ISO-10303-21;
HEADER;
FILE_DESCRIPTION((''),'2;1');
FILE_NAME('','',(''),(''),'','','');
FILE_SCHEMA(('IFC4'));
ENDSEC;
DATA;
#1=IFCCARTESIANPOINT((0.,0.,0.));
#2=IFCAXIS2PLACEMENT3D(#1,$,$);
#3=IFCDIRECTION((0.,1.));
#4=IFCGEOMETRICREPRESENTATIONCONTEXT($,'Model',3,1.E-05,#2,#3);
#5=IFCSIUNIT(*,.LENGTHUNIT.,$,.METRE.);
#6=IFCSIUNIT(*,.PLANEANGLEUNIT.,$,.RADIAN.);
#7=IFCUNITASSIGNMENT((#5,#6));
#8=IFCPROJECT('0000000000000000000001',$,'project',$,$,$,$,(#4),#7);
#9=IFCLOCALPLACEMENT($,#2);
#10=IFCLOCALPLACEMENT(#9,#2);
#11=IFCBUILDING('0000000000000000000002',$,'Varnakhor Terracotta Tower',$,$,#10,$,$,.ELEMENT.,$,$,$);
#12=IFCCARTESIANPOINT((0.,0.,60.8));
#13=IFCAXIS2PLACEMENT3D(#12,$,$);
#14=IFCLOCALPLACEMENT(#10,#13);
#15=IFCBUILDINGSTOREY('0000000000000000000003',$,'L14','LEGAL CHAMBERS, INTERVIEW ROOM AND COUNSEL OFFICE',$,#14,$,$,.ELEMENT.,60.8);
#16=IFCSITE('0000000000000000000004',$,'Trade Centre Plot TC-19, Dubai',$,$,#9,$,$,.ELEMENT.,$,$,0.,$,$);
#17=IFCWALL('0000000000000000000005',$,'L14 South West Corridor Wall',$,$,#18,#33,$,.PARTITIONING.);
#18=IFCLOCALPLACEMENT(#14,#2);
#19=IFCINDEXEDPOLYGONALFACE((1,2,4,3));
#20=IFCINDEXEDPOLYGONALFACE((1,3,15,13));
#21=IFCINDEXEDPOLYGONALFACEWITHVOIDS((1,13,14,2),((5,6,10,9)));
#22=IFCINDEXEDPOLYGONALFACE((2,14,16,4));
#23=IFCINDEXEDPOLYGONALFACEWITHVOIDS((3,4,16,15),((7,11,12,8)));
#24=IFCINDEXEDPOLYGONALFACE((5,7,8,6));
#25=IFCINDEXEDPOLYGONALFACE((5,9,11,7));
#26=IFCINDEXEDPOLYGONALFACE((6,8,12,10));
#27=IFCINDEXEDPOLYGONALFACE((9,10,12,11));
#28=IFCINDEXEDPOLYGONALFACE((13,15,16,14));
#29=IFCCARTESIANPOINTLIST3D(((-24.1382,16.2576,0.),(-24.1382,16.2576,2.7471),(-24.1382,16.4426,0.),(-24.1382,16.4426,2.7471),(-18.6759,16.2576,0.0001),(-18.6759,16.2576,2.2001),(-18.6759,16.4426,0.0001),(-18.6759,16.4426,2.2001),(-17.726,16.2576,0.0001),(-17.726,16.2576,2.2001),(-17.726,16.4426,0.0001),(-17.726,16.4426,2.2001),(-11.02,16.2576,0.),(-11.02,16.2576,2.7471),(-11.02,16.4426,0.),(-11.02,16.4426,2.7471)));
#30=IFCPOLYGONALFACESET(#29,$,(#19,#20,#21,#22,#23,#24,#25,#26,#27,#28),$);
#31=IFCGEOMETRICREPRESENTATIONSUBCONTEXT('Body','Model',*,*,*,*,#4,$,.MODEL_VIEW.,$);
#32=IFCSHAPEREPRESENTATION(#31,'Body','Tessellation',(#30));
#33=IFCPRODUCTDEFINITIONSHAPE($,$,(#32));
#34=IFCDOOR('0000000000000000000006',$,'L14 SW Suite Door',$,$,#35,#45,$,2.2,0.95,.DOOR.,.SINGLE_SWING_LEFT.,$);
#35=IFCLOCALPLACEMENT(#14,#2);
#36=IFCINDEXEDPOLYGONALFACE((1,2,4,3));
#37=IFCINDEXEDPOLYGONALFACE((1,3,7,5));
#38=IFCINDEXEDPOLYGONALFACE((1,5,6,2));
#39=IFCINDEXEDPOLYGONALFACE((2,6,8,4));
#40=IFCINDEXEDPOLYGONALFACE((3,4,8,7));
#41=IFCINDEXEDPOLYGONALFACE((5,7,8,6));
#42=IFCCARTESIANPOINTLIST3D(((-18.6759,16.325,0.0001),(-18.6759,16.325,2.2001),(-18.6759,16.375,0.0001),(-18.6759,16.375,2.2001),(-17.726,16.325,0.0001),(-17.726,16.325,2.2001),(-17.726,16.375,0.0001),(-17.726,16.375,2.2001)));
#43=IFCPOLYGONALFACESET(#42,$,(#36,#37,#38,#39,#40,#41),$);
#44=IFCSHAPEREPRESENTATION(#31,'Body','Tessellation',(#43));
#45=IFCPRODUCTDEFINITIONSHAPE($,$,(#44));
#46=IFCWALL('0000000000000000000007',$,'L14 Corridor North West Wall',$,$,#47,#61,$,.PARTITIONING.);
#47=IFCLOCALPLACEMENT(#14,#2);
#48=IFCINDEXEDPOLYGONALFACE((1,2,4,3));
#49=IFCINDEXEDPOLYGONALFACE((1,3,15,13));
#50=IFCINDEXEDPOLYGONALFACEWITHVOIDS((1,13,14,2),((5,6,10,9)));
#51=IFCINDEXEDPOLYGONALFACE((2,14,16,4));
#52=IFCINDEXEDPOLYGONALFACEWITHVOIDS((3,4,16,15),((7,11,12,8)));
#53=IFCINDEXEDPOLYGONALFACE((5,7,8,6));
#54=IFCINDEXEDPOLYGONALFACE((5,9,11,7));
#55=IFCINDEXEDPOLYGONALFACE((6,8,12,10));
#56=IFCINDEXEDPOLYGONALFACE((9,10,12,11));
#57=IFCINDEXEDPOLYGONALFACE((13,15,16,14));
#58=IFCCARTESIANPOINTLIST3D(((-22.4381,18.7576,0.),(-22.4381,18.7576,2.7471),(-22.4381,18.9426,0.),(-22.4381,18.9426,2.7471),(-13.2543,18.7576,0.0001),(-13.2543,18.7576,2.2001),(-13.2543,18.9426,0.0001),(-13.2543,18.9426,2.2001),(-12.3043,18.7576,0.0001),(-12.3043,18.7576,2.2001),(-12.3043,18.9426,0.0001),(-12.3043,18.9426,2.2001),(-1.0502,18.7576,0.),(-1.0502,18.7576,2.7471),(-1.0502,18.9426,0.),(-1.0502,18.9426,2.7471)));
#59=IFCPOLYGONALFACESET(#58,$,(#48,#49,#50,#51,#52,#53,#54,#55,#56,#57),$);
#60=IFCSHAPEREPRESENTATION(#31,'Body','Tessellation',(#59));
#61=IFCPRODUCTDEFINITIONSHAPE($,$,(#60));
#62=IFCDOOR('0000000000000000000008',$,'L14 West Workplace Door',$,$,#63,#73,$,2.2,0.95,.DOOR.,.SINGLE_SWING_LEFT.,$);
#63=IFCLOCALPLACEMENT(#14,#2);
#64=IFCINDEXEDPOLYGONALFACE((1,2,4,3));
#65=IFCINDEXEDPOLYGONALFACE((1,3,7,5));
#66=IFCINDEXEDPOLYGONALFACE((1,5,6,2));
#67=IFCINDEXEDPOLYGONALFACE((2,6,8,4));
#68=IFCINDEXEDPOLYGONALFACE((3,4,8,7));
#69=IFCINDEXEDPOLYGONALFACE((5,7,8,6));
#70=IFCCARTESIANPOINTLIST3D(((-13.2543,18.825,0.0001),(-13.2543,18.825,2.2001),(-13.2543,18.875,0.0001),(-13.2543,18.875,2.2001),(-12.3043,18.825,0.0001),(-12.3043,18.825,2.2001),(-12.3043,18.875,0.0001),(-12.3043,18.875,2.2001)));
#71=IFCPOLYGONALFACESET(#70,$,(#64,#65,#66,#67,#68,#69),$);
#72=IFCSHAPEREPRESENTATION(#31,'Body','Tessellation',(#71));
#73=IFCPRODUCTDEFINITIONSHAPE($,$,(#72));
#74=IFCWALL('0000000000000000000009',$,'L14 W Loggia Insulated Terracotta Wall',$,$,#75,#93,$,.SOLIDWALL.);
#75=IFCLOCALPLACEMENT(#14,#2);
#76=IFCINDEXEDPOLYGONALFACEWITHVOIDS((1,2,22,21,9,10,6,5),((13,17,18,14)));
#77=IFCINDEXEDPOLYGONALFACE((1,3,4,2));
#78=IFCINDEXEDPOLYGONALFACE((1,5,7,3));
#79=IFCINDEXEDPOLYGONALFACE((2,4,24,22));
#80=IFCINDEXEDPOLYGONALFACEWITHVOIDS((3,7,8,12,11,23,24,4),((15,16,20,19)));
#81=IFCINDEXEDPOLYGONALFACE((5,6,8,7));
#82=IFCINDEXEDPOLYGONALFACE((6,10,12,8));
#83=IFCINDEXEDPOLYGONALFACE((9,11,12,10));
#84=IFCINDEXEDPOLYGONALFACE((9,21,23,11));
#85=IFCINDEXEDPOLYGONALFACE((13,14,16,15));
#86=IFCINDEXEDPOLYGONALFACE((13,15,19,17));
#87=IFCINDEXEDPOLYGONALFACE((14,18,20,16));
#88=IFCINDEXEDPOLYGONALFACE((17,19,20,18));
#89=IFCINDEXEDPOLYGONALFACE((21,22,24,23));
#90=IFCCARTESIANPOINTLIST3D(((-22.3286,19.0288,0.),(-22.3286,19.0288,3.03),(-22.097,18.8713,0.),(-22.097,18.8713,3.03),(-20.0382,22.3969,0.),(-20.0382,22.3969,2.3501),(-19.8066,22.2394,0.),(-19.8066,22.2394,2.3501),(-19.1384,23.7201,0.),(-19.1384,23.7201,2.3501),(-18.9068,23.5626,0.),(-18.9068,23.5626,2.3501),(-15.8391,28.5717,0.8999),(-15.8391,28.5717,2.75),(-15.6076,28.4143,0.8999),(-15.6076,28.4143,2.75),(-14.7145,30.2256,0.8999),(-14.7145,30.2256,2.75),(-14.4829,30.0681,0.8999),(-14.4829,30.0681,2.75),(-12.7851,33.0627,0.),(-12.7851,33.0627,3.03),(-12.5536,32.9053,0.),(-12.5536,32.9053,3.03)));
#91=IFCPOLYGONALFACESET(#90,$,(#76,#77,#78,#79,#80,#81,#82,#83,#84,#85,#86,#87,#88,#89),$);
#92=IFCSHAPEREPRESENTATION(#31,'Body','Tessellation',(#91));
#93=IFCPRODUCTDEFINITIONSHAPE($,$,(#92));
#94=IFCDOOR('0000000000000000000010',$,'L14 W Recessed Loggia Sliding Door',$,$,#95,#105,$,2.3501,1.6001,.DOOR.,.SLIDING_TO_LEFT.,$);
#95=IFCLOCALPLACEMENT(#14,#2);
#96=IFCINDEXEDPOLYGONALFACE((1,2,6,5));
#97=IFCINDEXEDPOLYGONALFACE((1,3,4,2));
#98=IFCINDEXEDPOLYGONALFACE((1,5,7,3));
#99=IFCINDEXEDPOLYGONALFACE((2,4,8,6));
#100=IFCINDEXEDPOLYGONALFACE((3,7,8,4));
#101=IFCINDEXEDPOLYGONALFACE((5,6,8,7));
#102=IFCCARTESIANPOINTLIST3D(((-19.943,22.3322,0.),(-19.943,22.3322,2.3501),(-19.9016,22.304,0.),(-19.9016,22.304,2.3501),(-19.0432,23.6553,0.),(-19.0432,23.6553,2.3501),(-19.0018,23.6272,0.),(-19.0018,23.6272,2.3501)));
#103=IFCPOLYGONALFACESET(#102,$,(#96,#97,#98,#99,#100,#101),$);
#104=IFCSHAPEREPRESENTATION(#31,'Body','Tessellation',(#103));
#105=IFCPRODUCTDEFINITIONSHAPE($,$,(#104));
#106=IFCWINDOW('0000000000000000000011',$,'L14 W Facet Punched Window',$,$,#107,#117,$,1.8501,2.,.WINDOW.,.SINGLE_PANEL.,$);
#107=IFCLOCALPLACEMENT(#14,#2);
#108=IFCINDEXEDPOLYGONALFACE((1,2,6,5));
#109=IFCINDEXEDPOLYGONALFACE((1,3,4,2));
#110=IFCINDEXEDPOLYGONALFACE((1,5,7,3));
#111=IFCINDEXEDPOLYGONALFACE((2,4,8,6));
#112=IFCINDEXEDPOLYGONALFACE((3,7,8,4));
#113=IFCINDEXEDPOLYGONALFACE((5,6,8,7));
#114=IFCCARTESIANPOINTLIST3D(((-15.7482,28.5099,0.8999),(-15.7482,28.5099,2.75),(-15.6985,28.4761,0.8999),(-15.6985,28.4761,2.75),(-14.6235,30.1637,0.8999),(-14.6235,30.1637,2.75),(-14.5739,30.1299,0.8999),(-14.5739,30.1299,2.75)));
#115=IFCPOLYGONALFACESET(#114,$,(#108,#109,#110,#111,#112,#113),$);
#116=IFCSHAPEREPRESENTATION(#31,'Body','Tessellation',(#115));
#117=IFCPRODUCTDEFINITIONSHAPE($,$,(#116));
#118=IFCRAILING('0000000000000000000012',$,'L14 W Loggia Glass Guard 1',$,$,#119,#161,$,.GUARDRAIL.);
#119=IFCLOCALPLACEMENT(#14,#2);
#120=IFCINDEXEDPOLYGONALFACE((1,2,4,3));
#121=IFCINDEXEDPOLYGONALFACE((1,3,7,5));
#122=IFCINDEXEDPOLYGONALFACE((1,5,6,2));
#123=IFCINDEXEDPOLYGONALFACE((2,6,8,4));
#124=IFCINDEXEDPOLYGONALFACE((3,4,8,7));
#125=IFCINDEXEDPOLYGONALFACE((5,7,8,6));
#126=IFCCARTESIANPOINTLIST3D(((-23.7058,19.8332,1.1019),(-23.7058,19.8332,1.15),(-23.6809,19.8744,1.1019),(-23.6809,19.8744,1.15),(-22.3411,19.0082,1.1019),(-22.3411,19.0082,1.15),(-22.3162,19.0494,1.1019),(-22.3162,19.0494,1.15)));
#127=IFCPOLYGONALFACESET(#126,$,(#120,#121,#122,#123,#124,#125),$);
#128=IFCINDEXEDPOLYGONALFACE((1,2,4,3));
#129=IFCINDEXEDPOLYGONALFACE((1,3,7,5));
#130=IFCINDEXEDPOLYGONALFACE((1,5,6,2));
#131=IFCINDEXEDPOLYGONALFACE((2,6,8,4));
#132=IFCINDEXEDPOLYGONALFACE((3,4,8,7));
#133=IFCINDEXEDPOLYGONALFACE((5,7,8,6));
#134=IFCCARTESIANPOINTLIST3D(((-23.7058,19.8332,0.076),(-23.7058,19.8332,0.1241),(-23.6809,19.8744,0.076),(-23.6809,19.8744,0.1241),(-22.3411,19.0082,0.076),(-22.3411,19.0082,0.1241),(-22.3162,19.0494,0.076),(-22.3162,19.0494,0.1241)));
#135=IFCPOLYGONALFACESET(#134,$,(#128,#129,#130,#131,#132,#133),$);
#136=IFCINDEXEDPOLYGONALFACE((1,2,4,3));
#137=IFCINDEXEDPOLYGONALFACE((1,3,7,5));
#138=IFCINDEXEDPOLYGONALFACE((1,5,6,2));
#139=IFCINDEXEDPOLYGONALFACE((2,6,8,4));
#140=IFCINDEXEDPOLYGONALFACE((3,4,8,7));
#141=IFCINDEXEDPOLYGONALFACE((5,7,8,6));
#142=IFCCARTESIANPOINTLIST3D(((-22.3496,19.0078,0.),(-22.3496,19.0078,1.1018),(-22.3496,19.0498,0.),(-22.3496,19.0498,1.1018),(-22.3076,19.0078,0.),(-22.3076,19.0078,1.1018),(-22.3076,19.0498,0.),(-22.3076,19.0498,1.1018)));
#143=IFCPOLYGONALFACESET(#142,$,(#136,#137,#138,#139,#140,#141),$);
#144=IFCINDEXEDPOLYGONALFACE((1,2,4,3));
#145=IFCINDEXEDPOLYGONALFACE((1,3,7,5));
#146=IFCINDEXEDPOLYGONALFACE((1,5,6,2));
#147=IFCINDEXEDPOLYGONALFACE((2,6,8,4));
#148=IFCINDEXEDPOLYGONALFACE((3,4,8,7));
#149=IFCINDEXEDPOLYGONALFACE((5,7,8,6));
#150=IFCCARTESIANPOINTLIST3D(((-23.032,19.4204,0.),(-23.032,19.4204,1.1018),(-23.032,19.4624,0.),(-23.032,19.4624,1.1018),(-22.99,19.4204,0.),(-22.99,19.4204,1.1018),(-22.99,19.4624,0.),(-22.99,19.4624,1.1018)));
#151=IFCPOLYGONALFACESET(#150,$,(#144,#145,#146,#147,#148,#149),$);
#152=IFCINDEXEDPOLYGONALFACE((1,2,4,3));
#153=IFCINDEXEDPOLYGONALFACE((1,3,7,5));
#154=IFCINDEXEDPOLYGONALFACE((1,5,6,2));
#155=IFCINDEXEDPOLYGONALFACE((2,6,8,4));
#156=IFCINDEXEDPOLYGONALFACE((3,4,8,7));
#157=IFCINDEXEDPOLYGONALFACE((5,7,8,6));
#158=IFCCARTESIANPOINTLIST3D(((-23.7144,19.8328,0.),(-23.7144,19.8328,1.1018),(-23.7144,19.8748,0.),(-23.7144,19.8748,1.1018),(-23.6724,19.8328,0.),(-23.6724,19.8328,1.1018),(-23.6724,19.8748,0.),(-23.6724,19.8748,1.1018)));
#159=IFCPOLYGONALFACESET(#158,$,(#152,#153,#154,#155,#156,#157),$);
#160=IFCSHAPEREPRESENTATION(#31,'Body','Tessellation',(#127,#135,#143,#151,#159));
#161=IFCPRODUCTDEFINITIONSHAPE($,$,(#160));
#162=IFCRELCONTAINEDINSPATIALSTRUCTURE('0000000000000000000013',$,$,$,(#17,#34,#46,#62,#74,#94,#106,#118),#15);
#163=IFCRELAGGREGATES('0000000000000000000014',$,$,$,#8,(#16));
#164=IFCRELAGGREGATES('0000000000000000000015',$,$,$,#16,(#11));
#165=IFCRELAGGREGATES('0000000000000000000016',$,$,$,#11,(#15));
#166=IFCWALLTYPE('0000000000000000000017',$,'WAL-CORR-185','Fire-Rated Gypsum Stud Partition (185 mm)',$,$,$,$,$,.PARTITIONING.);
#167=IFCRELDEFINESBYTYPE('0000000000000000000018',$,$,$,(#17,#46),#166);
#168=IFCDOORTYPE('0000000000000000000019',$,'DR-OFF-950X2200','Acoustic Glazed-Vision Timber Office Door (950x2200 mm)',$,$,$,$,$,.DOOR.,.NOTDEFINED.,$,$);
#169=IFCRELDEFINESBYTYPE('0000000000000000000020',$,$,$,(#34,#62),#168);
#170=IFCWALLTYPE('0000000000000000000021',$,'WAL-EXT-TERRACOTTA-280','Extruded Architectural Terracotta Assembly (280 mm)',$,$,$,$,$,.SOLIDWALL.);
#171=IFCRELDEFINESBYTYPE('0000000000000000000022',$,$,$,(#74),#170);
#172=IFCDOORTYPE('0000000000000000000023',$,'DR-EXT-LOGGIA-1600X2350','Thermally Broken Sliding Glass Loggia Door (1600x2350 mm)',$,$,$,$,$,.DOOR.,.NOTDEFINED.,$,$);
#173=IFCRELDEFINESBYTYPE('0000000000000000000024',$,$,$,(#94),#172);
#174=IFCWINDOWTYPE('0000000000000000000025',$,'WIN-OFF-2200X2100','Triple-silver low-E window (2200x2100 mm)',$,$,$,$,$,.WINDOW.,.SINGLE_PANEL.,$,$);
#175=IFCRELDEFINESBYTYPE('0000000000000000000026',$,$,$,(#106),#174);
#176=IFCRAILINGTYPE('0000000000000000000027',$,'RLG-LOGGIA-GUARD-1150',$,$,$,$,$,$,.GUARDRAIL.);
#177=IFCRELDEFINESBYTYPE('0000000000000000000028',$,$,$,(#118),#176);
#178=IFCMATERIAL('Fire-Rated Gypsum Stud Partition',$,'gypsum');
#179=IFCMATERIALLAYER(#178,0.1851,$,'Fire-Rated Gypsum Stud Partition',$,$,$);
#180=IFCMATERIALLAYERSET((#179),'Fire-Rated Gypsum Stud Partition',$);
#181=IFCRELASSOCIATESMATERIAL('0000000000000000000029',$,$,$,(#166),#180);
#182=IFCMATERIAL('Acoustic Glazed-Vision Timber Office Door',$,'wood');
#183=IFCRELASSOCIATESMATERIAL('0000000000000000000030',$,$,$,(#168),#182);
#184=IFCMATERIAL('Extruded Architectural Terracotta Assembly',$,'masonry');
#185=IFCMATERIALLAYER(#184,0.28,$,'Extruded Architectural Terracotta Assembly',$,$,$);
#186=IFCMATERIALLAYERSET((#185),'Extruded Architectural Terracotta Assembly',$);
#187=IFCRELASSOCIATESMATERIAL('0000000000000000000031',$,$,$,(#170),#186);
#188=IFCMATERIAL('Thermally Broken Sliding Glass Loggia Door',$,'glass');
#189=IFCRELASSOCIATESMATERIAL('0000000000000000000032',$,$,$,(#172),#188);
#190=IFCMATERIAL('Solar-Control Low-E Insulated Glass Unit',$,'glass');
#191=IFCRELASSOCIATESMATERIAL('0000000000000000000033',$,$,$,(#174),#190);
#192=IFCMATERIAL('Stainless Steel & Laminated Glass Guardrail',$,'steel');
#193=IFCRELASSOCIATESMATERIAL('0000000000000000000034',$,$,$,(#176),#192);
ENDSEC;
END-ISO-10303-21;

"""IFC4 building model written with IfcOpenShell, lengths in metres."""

from ifc_helpers import new_model, si_unit, direction, frame, frame_2d, origin, origin_2d, place, context, subcontext, project, spatial, rectangle, extrude, source, transform, mapped, material, layer, layer_set, type_object, type_shapes, element, fill, save


model = new_model("IFC4")

# Units and contexts
model_context = context("Model", 3, precision=1e-05, world=origin(), true_north=direction((0.0, 1.0)))
body_context = subcontext(model_context, "Body", "Model", "MODEL_VIEW")
ifc_project = project(units=[si_unit("LENGTHUNIT", "METRE"), si_unit("PLANEANGLEUNIT", "RADIAN")], contexts=[model_context])

# Site, building, storey
site_placement = place(None, origin())
site = spatial("IfcSite", under=ifc_project, at=site_placement, Name="Trade Centre Plot TC-19, Dubai", CompositionType="ELEMENT", RefElevation=0.0)
building_placement = place(site_placement, origin())
building = spatial("IfcBuilding", under=site, at=building_placement, Name="Varnakhor Terracotta Tower", CompositionType="ELEMENT")
storey_placement = place(building_placement, frame((0.0, 0.0, 60.8)))
storey = spatial("IfcBuildingStorey", under=building, at=storey_placement, Name="L14", Description="LEGAL CHAMBERS, INTERVIEW ROOM AND COUNSEL OFFICE", CompositionType="ELEMENT", Elevation=60.8)

# Walls, openings, doors
ifc_material_1 = material(Name="Fire-Rated Gypsum Stud Partition", Category="gypsum")
ifc_layer_1 = layer(ifc_material_1, 0.1851, Name="Fire-Rated Gypsum Stud Partition")
ifc_layer_set_1 = layer_set([ifc_layer_1], Name="Fire-Rated Gypsum Stud Partition")
wall_type_1 = type_object("IfcWallType", Name="WAL-CORR-185", Description="Fire-Rated Gypsum Stud Partition (185 mm)", PredefinedType="PARTITIONING", material=ifc_layer_set_1)
wall_1_placement = place(storey_placement, frame((-24.1382, 16.3501, 0.0), z_axis=(0.0, 0.0, 1.0), x_axis=(1.0, 0.0, 0.0)))
wall_1 = element("IfcWall", 1, at=wall_1_placement, inside=storey, type_object=wall_type_1, Name="L14 South West Corridor Wall", PredefinedType="PARTITIONING", context=body_context, shape_type="SweptSolid", body=[
    extrude(rectangle(XDim=13.1182, YDim=0.1851, at=frame_2d((6.5591, 0.0))), origin(), (0.0, 0.0, 1.0), 2.7471),
])
opening_1_placement = place(wall_1_placement, frame((5.4622, 0.0, 0.0)))
opening_1 = element("IfcOpeningElement", 2, at=opening_1_placement, cuts=wall_1, PredefinedType="OPENING", context=body_context, shape_type="SweptSolid", body=[
    extrude(rectangle(XDim=0.95, YDim=2.2, at=frame_2d((0.4751, 1.1001))), frame((0.0, 0.1025, 0.0), z_axis=(0.0, -1.0, 0.0), x_axis=(1.0, 0.0, 0.0)), (0.0, 0.0, 1.0), 0.2051),
])
ifc_material_2 = material(Name="Acoustic Glazed-Vision Timber Office Door", Category="wood")
door_type_1 = type_object("IfcDoorType", Name="DR-OFF-950X2200", Description="Acoustic Glazed-Vision Timber Office Door (950x2200 mm)", OperationType="NOTDEFINED", PredefinedType="DOOR", material=ifc_material_2)
shared_shape_1 = source(origin(), body_context, "Body", "SweptSolid", [
    extrude(rectangle(XDim=0.95, YDim=2.2, at=frame_2d((0.4751, 1.1001))), frame((0.0, 0.0249, 0.0), z_axis=(0.0, -1.0, 0.0), x_axis=(1.0, 0.0, 0.0)), (0.0, 0.0, 1.0), 0.05),
])
type_shapes(door_type_1, [shared_shape_1])
door_1_placement = place(opening_1_placement, origin())
door_1 = element("IfcDoor", 3, at=door_1_placement, inside=storey, type_object=door_type_1, Name="L14 SW Suite Door", OperationType="SINGLE_SWING_LEFT", OverallHeight=2.2, OverallWidth=0.95, PredefinedType="DOOR", context=body_context, shape_type="MappedRepresentation", body=[
    mapped(shared_shape_1, transform((0.0, 0.0, 0.0), scale=1.0)),
])
fill(opening_1, door_1)
wall_2_placement = place(storey_placement, frame((-22.438, 18.8501, 0.0), z_axis=(0.0, 0.0, 1.0), x_axis=(1.0, 0.0, 0.0)))
wall_2 = element("IfcWall", 4, at=wall_2_placement, inside=storey, type_object=wall_type_1, Name="L14 Corridor North West Wall", PredefinedType="PARTITIONING", context=body_context, shape_type="SweptSolid", body=[
    extrude(rectangle(XDim=21.3879, YDim=0.1851, at=frame_2d((10.6938, 0.0))), origin(), (0.0, 0.0, 1.0), 2.7471),
])
opening_2_placement = place(wall_2_placement, frame((9.1836, 0.0, 0.0)))
opening_2 = element("IfcOpeningElement", 5, at=opening_2_placement, cuts=wall_2, PredefinedType="OPENING", context=body_context, shape_type="SweptSolid", body=[
    extrude(rectangle(XDim=0.95, YDim=2.2, at=frame_2d((0.4751, 1.1001))), frame((0.0, 0.1025, 0.0), z_axis=(0.0, -1.0, 0.0), x_axis=(1.0, 0.0, 0.0)), (0.0, 0.0, 1.0), 0.2051),
])
door_2_placement = place(opening_2_placement, origin())
door_2 = element("IfcDoor", 6, at=door_2_placement, inside=storey, type_object=door_type_1, Name="L14 West Workplace Door", OperationType="SINGLE_SWING_LEFT", OverallHeight=2.2, OverallWidth=0.95, PredefinedType="DOOR", context=body_context, shape_type="MappedRepresentation", body=[
    mapped(shared_shape_1, transform((0.0, 0.0, 0.0), scale=1.0)),
])
fill(opening_2, door_2)

# Wall, openings, door, window
ifc_material_3 = material(Name="Extruded Architectural Terracotta Assembly", Category="masonry")
ifc_layer_2 = layer(ifc_material_3, 0.28, Name="Extruded Architectural Terracotta Assembly")
ifc_layer_set_2 = layer_set([ifc_layer_2], Name="Extruded Architectural Terracotta Assembly")
wall_type_2 = type_object("IfcWallType", Name="WAL-EXT-TERRACOTTA-280", Description="Extruded Architectural Terracotta Assembly (280 mm)", PredefinedType="SOLIDWALL", material=ifc_layer_set_2)
wall_3_placement = place(storey_placement, frame((-22.2129, 18.95, 0.0), z_axis=(0.0, 0.0, 1.0), x_axis=(0.562325, 0.826916, 0.0)))
wall_3 = element("IfcWall", 7, at=wall_3_placement, inside=storey, type_object=wall_type_2, Name="L14 W Loggia Insulated Terracotta Wall", PredefinedType="SOLIDWALL", context=body_context, shape_type="SweptSolid", body=[
    extrude(rectangle(XDim=16.9714, YDim=0.28, at=frame_2d((8.4858, 0.0))), origin(), (0.0, 0.0, 1.0), 3.03),
])
opening_3_placement = place(wall_3_placement, frame((4.0732, 0.0, 0.0)))
opening_3 = element("IfcOpeningElement", 8, at=opening_3_placement, cuts=wall_3, PredefinedType="OPENING", context=body_context, shape_type="SweptSolid", body=[
    extrude(rectangle(XDim=1.6001, YDim=2.3501, at=frame_2d((0.8, 1.175))), frame((0.0, 0.1499, 0.0), z_axis=(0.0, -1.0, 0.0), x_axis=(1.0, 0.0, 0.0)), (0.0, 0.0, 1.0), 0.3),
])
opening_4_placement = place(wall_3_placement, frame((11.5405, 0.0, 0.8999)))
opening_4 = element("IfcOpeningElement", 9, at=opening_4_placement, cuts=wall_3, PredefinedType="OPENING", context=body_context, shape_type="SweptSolid", body=[
    extrude(rectangle(XDim=2.0, YDim=1.8501, at=frame_2d((1.0, 0.925))), frame((0.0, 0.1499, 0.0), z_axis=(0.0, -1.0, 0.0), x_axis=(1.0, 0.0, 0.0)), (0.0, 0.0, 1.0), 0.3),
])
ifc_material_4 = material(Name="Thermally Broken Sliding Glass Loggia Door", Category="glass")
door_type_2 = type_object("IfcDoorType", Name="DR-EXT-LOGGIA-1600X2350", Description="Thermally Broken Sliding Glass Loggia Door (1600x2350 mm)", OperationType="NOTDEFINED", PredefinedType="DOOR", material=ifc_material_4)
shared_shape_2 = source(origin(), body_context, "Body", "SweptSolid", [
    extrude(rectangle(XDim=1.6001, YDim=2.3501, at=frame_2d((0.8, 1.175))), frame((0.0, 0.0249, 0.0), z_axis=(0.0, -1.0, 0.0), x_axis=(1.0, 0.0, 0.0)), (0.0, 0.0, 1.0), 0.05),
])
type_shapes(door_type_2, [shared_shape_2])
door_3_placement = place(opening_3_placement, origin())
door_3 = element("IfcDoor", 10, at=door_3_placement, inside=storey, type_object=door_type_2, Name="L14 W Recessed Loggia Sliding Door", OperationType="SLIDING_TO_LEFT", OverallHeight=2.3501, OverallWidth=1.6001, PredefinedType="DOOR", context=body_context, shape_type="MappedRepresentation", body=[
    mapped(shared_shape_2, transform((0.0, 0.0, 0.0), scale=1.0)),
])
fill(opening_3, door_3)
ifc_material_5 = material(Name="Solar-Control Low-E Insulated Glass Unit", Category="glass")
window_type = type_object("IfcWindowType", Name="WIN-OFF-2200X2100", Description="Triple-silver low-E window (2200x2100 mm)", PartitioningType="SINGLE_PANEL", PredefinedType="WINDOW", material=ifc_material_5)
shared_shape_3 = source(origin(), body_context, "Body", "SweptSolid", [
    extrude(rectangle(XDim=2.0, YDim=1.8501, at=frame_2d((1.0, 0.925))), frame((0.0, 0.03, 0.0), z_axis=(0.0, -1.0, 0.0), x_axis=(1.0, 0.0, 0.0)), (0.0, 0.0, 1.0), 0.0601),
])
type_shapes(window_type, [shared_shape_3])
window_placement = place(opening_4_placement, origin())
window = element("IfcWindow", 11, at=window_placement, inside=storey, type_object=window_type, Name="L14 W Facet Punched Window", OverallHeight=1.8501, OverallWidth=2.0, PartitioningType="SINGLE_PANEL", PredefinedType="WINDOW", context=body_context, shape_type="MappedRepresentation", body=[
    mapped(shared_shape_3, transform((0.0, 0.0, 0.0), scale=1.0)),
])
fill(opening_4, window)

# Railing
ifc_material_6 = material(Name="Stainless Steel & Laminated Glass Guardrail", Category="steel")
railing_type = type_object("IfcRailingType", Name="RLG-LOGGIA-GUARD-1150", PredefinedType="GUARDRAIL", material=ifc_material_6)
railing_1_placement = place(storey_placement, frame((-22.3286, 19.0288, 0.0)))
element("IfcRailing", 12, at=railing_1_placement, inside=storey, type_object=railing_type, Name="L14 W Loggia Glass Guard 1", PredefinedType="GUARDRAIL", context=body_context, shape_type="SweptSolid", body=[
    extrude(rectangle(XDim=0.0481, YDim=0.0481, at=origin_2d()), frame((0.0, 0.0, 1.126), z_axis=(-0.8558, 0.517307, 0.0), x_axis=(-0.517307, -0.8558, 0.0)), (0.0, 0.0, 1.0), 1.5947),
    extrude(rectangle(XDim=0.0481, YDim=0.0481, at=origin_2d()), frame((0.0, 0.0, 0.1001), z_axis=(-0.8558, 0.517307, 0.0), x_axis=(-0.517307, -0.8558, 0.0)), (0.0, 0.0, 1.0), 1.5947),
    extrude(rectangle(XDim=0.042, YDim=0.042, at=origin_2d()), origin(), (0.0, 0.0, 1.0), 1.1018),
    extrude(rectangle(XDim=0.042, YDim=0.042, at=origin_2d()), frame((-0.6824, 0.4126, 0.0)), (0.0, 0.0, 1.0), 1.1018),
    extrude(rectangle(XDim=0.042, YDim=0.042, at=origin_2d()), frame((-1.3647, 0.825, 0.0)), (0.0, 0.0, 1.0), 1.1018),
])

save(model, "model.ifc")
